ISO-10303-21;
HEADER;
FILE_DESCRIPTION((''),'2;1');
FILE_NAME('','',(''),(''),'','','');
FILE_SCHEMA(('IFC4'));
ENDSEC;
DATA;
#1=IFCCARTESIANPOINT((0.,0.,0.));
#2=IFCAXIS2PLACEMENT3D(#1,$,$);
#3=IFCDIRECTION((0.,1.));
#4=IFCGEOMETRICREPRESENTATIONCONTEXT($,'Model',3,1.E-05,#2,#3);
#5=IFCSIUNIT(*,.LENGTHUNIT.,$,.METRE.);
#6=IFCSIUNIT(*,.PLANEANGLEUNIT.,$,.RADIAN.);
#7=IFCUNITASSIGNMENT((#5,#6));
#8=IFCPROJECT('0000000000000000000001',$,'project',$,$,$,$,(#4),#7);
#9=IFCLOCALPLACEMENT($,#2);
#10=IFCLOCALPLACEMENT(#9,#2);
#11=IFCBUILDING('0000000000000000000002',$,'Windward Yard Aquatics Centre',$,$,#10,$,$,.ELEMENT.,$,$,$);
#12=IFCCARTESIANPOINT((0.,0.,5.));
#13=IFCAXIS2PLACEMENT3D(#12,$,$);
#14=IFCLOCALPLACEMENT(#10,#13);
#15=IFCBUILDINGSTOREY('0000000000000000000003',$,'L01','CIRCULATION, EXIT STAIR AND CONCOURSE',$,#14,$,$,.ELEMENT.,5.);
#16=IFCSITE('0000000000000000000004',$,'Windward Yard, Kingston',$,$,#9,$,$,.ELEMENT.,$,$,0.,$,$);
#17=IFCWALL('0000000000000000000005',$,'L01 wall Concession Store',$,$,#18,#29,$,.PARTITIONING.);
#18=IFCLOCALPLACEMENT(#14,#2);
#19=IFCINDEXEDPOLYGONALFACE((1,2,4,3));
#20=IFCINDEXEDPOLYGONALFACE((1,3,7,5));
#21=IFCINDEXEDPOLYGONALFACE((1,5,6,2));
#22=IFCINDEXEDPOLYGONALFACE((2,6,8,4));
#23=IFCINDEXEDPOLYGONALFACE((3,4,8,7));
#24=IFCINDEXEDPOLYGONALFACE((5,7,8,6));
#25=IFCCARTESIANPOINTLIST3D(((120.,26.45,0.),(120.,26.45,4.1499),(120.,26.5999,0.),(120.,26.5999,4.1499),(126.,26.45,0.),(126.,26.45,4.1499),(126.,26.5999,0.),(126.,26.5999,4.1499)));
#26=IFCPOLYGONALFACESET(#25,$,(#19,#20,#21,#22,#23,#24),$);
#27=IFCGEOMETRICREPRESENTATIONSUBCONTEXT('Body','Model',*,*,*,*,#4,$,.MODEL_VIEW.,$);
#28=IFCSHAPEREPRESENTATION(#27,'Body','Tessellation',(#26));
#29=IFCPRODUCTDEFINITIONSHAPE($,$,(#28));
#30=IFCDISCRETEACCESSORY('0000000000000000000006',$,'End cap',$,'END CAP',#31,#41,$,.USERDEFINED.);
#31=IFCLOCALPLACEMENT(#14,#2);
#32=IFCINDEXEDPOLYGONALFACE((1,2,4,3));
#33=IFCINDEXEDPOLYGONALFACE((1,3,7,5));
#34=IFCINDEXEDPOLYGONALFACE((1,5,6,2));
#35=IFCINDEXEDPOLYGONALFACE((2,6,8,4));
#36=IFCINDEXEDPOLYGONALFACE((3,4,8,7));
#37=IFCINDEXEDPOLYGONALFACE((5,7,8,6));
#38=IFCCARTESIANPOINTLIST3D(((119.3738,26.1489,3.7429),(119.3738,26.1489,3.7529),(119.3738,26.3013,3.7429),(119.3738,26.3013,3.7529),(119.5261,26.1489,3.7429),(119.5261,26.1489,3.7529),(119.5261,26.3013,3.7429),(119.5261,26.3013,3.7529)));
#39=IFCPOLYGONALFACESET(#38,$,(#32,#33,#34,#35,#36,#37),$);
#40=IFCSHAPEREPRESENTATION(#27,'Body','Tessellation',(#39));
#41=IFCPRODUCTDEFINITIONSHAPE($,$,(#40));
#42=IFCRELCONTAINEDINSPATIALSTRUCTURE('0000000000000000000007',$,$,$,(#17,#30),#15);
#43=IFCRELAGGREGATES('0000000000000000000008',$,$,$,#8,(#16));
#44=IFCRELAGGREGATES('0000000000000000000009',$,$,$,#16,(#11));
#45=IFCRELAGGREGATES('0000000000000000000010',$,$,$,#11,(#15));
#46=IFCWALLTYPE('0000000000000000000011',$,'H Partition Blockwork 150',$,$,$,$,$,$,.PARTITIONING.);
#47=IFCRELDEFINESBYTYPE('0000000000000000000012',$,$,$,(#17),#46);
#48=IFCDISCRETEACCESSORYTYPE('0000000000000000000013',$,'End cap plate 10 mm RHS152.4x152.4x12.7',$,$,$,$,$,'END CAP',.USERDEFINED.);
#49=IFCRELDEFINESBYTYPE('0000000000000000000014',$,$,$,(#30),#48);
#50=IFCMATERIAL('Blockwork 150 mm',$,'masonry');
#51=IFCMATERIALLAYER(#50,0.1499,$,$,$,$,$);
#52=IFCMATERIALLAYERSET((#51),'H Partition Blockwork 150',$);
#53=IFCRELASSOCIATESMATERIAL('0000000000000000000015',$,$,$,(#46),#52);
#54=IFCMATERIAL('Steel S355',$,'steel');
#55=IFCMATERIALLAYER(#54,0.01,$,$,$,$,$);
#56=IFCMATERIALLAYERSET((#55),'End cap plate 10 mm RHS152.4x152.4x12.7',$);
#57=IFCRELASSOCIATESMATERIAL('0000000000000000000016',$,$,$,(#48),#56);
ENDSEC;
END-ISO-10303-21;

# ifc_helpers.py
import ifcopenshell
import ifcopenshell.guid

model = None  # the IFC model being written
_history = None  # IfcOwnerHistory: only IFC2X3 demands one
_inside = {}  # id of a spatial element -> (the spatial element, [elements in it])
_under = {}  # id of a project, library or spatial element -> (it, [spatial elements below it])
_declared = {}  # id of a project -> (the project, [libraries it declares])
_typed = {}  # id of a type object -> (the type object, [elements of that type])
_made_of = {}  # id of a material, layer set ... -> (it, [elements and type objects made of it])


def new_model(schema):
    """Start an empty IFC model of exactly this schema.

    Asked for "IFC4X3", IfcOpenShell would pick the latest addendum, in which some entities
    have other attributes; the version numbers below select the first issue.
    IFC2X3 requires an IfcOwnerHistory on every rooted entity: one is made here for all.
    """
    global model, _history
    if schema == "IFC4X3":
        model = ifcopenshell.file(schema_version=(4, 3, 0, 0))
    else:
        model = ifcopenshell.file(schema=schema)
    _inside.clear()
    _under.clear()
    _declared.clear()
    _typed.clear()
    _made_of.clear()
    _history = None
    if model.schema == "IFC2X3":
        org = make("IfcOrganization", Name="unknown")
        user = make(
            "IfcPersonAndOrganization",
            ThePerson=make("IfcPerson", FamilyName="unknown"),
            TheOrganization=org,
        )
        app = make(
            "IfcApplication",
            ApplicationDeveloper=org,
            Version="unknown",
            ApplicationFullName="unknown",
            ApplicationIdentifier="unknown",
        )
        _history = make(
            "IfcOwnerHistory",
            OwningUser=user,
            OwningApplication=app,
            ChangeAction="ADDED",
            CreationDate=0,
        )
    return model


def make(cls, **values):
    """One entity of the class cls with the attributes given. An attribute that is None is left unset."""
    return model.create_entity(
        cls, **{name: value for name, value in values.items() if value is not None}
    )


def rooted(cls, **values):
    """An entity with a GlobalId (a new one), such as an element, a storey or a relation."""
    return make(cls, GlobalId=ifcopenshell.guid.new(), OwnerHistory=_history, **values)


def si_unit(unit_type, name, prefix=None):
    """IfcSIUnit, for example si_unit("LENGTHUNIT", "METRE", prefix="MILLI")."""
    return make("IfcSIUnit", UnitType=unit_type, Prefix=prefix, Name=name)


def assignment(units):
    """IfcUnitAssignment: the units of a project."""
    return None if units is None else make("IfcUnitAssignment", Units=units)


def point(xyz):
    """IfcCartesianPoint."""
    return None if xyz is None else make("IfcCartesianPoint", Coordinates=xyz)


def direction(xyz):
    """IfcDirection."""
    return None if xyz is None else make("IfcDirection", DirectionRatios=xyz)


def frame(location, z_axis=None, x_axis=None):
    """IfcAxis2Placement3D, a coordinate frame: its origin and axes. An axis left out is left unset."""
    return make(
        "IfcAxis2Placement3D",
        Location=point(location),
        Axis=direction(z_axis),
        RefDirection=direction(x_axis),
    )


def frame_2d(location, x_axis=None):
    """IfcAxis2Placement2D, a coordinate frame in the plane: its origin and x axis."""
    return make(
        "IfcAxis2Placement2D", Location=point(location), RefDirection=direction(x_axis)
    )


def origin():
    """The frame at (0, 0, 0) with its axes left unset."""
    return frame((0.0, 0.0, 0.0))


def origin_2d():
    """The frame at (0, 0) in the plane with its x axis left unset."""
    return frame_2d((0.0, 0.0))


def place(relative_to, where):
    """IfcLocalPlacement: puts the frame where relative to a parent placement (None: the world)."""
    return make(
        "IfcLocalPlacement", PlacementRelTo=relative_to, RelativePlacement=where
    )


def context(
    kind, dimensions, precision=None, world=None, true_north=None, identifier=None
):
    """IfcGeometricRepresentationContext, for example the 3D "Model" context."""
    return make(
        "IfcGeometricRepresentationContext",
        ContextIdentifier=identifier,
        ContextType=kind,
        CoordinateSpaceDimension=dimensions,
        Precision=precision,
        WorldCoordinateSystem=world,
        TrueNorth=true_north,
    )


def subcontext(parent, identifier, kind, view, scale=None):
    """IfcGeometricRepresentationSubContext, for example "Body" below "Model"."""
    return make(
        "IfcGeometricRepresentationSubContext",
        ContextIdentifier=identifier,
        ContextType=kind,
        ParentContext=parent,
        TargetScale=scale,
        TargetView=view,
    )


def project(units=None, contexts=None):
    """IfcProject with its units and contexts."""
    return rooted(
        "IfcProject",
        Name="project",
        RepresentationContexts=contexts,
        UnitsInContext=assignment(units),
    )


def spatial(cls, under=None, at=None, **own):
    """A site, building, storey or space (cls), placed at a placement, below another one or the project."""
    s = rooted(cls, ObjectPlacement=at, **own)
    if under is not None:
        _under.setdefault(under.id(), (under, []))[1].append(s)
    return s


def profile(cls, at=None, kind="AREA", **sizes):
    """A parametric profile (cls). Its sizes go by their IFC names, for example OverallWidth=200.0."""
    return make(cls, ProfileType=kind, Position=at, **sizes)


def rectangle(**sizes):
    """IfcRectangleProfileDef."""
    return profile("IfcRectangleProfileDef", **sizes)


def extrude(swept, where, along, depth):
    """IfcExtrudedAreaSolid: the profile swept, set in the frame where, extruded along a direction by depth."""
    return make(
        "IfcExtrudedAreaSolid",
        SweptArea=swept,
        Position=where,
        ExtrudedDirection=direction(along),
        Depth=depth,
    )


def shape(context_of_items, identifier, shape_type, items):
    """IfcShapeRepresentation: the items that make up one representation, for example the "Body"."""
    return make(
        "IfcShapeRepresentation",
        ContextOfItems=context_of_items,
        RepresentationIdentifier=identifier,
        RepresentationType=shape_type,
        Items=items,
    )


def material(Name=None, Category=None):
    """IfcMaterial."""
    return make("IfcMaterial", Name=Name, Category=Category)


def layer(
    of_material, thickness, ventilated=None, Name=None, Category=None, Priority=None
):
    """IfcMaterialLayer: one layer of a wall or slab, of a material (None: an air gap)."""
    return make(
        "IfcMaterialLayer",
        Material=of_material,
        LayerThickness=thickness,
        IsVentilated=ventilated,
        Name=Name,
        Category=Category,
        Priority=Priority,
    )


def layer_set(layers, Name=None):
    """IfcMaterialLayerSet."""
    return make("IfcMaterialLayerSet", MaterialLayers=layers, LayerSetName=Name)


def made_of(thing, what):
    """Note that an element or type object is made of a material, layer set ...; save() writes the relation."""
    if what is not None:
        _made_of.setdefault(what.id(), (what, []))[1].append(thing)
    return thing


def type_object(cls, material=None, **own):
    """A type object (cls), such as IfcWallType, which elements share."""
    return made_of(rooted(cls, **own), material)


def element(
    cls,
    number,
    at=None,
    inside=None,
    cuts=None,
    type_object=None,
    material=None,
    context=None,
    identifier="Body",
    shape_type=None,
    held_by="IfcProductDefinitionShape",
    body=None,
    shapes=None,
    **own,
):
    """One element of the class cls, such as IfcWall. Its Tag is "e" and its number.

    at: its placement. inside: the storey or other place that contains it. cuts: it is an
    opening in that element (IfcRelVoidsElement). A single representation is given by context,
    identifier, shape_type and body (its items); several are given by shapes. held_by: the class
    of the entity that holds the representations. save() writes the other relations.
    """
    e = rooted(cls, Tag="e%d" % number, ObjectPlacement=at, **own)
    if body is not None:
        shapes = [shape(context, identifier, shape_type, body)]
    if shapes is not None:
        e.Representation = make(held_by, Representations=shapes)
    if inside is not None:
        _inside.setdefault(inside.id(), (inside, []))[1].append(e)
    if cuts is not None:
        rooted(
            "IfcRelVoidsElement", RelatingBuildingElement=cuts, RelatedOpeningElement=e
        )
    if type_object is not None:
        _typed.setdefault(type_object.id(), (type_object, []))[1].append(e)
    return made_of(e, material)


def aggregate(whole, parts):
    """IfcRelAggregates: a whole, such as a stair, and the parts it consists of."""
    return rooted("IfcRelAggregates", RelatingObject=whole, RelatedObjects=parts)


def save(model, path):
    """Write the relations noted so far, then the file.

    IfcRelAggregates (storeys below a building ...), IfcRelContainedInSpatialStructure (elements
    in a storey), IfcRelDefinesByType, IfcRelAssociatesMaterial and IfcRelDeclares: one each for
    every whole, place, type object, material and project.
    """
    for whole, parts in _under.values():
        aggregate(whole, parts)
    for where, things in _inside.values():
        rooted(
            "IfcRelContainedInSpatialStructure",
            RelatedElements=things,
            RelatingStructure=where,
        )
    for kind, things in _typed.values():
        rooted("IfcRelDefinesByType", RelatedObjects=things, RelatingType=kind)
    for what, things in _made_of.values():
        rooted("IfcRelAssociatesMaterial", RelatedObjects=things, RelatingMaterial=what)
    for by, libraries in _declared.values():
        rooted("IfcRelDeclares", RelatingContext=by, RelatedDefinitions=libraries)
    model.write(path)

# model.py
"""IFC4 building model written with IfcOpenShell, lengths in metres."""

from ifc_helpers import new_model, si_unit, direction, frame, frame_2d, origin, origin_2d, place, context, subcontext, project, spatial, rectangle, extrude, material, layer, layer_set, type_object, element, save


model = new_model("IFC4")

# Units and contexts
model_context = context("Model", 3, precision=1e-05, world=origin(), true_north=direction((0.0, 1.0)))
body_context = subcontext(model_context, "Body", "Model", "MODEL_VIEW")
ifc_project = project(units=[si_unit("LENGTHUNIT", "METRE"), si_unit("PLANEANGLEUNIT", "RADIAN")], contexts=[model_context])

# Site, building, storey
site_placement = place(None, origin())
site = spatial("IfcSite", under=ifc_project, at=site_placement, Name="Windward Yard, Kingston", CompositionType="ELEMENT", RefElevation=0.0)
building_placement = place(site_placement, origin())
building = spatial("IfcBuilding", under=site, at=building_placement, Name="Windward Yard Aquatics Centre", CompositionType="ELEMENT")
storey_placement = place(building_placement, frame((0.0, 0.0, 5.0)))
storey = spatial("IfcBuildingStorey", under=building, at=storey_placement, Name="L01", Description="CIRCULATION, EXIT STAIR AND CONCOURSE", CompositionType="ELEMENT", Elevation=5.0)

# Wall
ifc_material_1 = material(Name="Blockwork 150 mm", Category="masonry")
ifc_layer_1 = layer(ifc_material_1, 0.1499)
ifc_layer_set_1 = layer_set([ifc_layer_1], Name="H Partition Blockwork 150")
wall_type = type_object("IfcWallType", Name="H Partition Blockwork 150", PredefinedType="PARTITIONING", material=ifc_layer_set_1)
wall_placement = place(storey_placement, frame((120.0, 26.5249, 0.0), z_axis=(0.0, 0.0, 1.0), x_axis=(1.0, 0.0, 0.0)))
element("IfcWall", 1, at=wall_placement, inside=storey, type_object=wall_type, Name="L01 wall Concession Store", PredefinedType="PARTITIONING", context=body_context, shape_type="SweptSolid", body=[
    extrude(rectangle(XDim=6.0, YDim=0.1499, at=frame_2d((3.0, 0.0))), origin(), (0.0, 0.0, 1.0), 4.1499),
])

# Discrete accessory
ifc_material_2 = material(Name="Steel S355", Category="steel")
ifc_layer_2 = layer(ifc_material_2, 0.01)
ifc_layer_set_2 = layer_set([ifc_layer_2], Name="End cap plate 10 mm RHS152.4x152.4x12.7")
discrete_accessory_type = type_object("IfcDiscreteAccessoryType", Name="End cap plate 10 mm RHS152.4x152.4x12.7", ElementType="END CAP", PredefinedType="USERDEFINED", material=ifc_layer_set_2)
discrete_accessory_placement = place(storey_placement, frame((119.45, 26.2251, 3.7429), z_axis=(0.0, 0.0, 1.0), x_axis=(1.0, 0.0, 0.0)))
element("IfcDiscreteAccessory", 2, at=discrete_accessory_placement, inside=storey, type_object=discrete_accessory_type, Name="End cap", ObjectType="END CAP", PredefinedType="USERDEFINED", context=body_context, shape_type="SweptSolid", body=[
    extrude(rectangle(XDim=0.1523, YDim=0.1523, at=origin_2d()), origin(), (0.0, 0.0, 1.0), 0.01),
])

save(model, "model.ifc")
